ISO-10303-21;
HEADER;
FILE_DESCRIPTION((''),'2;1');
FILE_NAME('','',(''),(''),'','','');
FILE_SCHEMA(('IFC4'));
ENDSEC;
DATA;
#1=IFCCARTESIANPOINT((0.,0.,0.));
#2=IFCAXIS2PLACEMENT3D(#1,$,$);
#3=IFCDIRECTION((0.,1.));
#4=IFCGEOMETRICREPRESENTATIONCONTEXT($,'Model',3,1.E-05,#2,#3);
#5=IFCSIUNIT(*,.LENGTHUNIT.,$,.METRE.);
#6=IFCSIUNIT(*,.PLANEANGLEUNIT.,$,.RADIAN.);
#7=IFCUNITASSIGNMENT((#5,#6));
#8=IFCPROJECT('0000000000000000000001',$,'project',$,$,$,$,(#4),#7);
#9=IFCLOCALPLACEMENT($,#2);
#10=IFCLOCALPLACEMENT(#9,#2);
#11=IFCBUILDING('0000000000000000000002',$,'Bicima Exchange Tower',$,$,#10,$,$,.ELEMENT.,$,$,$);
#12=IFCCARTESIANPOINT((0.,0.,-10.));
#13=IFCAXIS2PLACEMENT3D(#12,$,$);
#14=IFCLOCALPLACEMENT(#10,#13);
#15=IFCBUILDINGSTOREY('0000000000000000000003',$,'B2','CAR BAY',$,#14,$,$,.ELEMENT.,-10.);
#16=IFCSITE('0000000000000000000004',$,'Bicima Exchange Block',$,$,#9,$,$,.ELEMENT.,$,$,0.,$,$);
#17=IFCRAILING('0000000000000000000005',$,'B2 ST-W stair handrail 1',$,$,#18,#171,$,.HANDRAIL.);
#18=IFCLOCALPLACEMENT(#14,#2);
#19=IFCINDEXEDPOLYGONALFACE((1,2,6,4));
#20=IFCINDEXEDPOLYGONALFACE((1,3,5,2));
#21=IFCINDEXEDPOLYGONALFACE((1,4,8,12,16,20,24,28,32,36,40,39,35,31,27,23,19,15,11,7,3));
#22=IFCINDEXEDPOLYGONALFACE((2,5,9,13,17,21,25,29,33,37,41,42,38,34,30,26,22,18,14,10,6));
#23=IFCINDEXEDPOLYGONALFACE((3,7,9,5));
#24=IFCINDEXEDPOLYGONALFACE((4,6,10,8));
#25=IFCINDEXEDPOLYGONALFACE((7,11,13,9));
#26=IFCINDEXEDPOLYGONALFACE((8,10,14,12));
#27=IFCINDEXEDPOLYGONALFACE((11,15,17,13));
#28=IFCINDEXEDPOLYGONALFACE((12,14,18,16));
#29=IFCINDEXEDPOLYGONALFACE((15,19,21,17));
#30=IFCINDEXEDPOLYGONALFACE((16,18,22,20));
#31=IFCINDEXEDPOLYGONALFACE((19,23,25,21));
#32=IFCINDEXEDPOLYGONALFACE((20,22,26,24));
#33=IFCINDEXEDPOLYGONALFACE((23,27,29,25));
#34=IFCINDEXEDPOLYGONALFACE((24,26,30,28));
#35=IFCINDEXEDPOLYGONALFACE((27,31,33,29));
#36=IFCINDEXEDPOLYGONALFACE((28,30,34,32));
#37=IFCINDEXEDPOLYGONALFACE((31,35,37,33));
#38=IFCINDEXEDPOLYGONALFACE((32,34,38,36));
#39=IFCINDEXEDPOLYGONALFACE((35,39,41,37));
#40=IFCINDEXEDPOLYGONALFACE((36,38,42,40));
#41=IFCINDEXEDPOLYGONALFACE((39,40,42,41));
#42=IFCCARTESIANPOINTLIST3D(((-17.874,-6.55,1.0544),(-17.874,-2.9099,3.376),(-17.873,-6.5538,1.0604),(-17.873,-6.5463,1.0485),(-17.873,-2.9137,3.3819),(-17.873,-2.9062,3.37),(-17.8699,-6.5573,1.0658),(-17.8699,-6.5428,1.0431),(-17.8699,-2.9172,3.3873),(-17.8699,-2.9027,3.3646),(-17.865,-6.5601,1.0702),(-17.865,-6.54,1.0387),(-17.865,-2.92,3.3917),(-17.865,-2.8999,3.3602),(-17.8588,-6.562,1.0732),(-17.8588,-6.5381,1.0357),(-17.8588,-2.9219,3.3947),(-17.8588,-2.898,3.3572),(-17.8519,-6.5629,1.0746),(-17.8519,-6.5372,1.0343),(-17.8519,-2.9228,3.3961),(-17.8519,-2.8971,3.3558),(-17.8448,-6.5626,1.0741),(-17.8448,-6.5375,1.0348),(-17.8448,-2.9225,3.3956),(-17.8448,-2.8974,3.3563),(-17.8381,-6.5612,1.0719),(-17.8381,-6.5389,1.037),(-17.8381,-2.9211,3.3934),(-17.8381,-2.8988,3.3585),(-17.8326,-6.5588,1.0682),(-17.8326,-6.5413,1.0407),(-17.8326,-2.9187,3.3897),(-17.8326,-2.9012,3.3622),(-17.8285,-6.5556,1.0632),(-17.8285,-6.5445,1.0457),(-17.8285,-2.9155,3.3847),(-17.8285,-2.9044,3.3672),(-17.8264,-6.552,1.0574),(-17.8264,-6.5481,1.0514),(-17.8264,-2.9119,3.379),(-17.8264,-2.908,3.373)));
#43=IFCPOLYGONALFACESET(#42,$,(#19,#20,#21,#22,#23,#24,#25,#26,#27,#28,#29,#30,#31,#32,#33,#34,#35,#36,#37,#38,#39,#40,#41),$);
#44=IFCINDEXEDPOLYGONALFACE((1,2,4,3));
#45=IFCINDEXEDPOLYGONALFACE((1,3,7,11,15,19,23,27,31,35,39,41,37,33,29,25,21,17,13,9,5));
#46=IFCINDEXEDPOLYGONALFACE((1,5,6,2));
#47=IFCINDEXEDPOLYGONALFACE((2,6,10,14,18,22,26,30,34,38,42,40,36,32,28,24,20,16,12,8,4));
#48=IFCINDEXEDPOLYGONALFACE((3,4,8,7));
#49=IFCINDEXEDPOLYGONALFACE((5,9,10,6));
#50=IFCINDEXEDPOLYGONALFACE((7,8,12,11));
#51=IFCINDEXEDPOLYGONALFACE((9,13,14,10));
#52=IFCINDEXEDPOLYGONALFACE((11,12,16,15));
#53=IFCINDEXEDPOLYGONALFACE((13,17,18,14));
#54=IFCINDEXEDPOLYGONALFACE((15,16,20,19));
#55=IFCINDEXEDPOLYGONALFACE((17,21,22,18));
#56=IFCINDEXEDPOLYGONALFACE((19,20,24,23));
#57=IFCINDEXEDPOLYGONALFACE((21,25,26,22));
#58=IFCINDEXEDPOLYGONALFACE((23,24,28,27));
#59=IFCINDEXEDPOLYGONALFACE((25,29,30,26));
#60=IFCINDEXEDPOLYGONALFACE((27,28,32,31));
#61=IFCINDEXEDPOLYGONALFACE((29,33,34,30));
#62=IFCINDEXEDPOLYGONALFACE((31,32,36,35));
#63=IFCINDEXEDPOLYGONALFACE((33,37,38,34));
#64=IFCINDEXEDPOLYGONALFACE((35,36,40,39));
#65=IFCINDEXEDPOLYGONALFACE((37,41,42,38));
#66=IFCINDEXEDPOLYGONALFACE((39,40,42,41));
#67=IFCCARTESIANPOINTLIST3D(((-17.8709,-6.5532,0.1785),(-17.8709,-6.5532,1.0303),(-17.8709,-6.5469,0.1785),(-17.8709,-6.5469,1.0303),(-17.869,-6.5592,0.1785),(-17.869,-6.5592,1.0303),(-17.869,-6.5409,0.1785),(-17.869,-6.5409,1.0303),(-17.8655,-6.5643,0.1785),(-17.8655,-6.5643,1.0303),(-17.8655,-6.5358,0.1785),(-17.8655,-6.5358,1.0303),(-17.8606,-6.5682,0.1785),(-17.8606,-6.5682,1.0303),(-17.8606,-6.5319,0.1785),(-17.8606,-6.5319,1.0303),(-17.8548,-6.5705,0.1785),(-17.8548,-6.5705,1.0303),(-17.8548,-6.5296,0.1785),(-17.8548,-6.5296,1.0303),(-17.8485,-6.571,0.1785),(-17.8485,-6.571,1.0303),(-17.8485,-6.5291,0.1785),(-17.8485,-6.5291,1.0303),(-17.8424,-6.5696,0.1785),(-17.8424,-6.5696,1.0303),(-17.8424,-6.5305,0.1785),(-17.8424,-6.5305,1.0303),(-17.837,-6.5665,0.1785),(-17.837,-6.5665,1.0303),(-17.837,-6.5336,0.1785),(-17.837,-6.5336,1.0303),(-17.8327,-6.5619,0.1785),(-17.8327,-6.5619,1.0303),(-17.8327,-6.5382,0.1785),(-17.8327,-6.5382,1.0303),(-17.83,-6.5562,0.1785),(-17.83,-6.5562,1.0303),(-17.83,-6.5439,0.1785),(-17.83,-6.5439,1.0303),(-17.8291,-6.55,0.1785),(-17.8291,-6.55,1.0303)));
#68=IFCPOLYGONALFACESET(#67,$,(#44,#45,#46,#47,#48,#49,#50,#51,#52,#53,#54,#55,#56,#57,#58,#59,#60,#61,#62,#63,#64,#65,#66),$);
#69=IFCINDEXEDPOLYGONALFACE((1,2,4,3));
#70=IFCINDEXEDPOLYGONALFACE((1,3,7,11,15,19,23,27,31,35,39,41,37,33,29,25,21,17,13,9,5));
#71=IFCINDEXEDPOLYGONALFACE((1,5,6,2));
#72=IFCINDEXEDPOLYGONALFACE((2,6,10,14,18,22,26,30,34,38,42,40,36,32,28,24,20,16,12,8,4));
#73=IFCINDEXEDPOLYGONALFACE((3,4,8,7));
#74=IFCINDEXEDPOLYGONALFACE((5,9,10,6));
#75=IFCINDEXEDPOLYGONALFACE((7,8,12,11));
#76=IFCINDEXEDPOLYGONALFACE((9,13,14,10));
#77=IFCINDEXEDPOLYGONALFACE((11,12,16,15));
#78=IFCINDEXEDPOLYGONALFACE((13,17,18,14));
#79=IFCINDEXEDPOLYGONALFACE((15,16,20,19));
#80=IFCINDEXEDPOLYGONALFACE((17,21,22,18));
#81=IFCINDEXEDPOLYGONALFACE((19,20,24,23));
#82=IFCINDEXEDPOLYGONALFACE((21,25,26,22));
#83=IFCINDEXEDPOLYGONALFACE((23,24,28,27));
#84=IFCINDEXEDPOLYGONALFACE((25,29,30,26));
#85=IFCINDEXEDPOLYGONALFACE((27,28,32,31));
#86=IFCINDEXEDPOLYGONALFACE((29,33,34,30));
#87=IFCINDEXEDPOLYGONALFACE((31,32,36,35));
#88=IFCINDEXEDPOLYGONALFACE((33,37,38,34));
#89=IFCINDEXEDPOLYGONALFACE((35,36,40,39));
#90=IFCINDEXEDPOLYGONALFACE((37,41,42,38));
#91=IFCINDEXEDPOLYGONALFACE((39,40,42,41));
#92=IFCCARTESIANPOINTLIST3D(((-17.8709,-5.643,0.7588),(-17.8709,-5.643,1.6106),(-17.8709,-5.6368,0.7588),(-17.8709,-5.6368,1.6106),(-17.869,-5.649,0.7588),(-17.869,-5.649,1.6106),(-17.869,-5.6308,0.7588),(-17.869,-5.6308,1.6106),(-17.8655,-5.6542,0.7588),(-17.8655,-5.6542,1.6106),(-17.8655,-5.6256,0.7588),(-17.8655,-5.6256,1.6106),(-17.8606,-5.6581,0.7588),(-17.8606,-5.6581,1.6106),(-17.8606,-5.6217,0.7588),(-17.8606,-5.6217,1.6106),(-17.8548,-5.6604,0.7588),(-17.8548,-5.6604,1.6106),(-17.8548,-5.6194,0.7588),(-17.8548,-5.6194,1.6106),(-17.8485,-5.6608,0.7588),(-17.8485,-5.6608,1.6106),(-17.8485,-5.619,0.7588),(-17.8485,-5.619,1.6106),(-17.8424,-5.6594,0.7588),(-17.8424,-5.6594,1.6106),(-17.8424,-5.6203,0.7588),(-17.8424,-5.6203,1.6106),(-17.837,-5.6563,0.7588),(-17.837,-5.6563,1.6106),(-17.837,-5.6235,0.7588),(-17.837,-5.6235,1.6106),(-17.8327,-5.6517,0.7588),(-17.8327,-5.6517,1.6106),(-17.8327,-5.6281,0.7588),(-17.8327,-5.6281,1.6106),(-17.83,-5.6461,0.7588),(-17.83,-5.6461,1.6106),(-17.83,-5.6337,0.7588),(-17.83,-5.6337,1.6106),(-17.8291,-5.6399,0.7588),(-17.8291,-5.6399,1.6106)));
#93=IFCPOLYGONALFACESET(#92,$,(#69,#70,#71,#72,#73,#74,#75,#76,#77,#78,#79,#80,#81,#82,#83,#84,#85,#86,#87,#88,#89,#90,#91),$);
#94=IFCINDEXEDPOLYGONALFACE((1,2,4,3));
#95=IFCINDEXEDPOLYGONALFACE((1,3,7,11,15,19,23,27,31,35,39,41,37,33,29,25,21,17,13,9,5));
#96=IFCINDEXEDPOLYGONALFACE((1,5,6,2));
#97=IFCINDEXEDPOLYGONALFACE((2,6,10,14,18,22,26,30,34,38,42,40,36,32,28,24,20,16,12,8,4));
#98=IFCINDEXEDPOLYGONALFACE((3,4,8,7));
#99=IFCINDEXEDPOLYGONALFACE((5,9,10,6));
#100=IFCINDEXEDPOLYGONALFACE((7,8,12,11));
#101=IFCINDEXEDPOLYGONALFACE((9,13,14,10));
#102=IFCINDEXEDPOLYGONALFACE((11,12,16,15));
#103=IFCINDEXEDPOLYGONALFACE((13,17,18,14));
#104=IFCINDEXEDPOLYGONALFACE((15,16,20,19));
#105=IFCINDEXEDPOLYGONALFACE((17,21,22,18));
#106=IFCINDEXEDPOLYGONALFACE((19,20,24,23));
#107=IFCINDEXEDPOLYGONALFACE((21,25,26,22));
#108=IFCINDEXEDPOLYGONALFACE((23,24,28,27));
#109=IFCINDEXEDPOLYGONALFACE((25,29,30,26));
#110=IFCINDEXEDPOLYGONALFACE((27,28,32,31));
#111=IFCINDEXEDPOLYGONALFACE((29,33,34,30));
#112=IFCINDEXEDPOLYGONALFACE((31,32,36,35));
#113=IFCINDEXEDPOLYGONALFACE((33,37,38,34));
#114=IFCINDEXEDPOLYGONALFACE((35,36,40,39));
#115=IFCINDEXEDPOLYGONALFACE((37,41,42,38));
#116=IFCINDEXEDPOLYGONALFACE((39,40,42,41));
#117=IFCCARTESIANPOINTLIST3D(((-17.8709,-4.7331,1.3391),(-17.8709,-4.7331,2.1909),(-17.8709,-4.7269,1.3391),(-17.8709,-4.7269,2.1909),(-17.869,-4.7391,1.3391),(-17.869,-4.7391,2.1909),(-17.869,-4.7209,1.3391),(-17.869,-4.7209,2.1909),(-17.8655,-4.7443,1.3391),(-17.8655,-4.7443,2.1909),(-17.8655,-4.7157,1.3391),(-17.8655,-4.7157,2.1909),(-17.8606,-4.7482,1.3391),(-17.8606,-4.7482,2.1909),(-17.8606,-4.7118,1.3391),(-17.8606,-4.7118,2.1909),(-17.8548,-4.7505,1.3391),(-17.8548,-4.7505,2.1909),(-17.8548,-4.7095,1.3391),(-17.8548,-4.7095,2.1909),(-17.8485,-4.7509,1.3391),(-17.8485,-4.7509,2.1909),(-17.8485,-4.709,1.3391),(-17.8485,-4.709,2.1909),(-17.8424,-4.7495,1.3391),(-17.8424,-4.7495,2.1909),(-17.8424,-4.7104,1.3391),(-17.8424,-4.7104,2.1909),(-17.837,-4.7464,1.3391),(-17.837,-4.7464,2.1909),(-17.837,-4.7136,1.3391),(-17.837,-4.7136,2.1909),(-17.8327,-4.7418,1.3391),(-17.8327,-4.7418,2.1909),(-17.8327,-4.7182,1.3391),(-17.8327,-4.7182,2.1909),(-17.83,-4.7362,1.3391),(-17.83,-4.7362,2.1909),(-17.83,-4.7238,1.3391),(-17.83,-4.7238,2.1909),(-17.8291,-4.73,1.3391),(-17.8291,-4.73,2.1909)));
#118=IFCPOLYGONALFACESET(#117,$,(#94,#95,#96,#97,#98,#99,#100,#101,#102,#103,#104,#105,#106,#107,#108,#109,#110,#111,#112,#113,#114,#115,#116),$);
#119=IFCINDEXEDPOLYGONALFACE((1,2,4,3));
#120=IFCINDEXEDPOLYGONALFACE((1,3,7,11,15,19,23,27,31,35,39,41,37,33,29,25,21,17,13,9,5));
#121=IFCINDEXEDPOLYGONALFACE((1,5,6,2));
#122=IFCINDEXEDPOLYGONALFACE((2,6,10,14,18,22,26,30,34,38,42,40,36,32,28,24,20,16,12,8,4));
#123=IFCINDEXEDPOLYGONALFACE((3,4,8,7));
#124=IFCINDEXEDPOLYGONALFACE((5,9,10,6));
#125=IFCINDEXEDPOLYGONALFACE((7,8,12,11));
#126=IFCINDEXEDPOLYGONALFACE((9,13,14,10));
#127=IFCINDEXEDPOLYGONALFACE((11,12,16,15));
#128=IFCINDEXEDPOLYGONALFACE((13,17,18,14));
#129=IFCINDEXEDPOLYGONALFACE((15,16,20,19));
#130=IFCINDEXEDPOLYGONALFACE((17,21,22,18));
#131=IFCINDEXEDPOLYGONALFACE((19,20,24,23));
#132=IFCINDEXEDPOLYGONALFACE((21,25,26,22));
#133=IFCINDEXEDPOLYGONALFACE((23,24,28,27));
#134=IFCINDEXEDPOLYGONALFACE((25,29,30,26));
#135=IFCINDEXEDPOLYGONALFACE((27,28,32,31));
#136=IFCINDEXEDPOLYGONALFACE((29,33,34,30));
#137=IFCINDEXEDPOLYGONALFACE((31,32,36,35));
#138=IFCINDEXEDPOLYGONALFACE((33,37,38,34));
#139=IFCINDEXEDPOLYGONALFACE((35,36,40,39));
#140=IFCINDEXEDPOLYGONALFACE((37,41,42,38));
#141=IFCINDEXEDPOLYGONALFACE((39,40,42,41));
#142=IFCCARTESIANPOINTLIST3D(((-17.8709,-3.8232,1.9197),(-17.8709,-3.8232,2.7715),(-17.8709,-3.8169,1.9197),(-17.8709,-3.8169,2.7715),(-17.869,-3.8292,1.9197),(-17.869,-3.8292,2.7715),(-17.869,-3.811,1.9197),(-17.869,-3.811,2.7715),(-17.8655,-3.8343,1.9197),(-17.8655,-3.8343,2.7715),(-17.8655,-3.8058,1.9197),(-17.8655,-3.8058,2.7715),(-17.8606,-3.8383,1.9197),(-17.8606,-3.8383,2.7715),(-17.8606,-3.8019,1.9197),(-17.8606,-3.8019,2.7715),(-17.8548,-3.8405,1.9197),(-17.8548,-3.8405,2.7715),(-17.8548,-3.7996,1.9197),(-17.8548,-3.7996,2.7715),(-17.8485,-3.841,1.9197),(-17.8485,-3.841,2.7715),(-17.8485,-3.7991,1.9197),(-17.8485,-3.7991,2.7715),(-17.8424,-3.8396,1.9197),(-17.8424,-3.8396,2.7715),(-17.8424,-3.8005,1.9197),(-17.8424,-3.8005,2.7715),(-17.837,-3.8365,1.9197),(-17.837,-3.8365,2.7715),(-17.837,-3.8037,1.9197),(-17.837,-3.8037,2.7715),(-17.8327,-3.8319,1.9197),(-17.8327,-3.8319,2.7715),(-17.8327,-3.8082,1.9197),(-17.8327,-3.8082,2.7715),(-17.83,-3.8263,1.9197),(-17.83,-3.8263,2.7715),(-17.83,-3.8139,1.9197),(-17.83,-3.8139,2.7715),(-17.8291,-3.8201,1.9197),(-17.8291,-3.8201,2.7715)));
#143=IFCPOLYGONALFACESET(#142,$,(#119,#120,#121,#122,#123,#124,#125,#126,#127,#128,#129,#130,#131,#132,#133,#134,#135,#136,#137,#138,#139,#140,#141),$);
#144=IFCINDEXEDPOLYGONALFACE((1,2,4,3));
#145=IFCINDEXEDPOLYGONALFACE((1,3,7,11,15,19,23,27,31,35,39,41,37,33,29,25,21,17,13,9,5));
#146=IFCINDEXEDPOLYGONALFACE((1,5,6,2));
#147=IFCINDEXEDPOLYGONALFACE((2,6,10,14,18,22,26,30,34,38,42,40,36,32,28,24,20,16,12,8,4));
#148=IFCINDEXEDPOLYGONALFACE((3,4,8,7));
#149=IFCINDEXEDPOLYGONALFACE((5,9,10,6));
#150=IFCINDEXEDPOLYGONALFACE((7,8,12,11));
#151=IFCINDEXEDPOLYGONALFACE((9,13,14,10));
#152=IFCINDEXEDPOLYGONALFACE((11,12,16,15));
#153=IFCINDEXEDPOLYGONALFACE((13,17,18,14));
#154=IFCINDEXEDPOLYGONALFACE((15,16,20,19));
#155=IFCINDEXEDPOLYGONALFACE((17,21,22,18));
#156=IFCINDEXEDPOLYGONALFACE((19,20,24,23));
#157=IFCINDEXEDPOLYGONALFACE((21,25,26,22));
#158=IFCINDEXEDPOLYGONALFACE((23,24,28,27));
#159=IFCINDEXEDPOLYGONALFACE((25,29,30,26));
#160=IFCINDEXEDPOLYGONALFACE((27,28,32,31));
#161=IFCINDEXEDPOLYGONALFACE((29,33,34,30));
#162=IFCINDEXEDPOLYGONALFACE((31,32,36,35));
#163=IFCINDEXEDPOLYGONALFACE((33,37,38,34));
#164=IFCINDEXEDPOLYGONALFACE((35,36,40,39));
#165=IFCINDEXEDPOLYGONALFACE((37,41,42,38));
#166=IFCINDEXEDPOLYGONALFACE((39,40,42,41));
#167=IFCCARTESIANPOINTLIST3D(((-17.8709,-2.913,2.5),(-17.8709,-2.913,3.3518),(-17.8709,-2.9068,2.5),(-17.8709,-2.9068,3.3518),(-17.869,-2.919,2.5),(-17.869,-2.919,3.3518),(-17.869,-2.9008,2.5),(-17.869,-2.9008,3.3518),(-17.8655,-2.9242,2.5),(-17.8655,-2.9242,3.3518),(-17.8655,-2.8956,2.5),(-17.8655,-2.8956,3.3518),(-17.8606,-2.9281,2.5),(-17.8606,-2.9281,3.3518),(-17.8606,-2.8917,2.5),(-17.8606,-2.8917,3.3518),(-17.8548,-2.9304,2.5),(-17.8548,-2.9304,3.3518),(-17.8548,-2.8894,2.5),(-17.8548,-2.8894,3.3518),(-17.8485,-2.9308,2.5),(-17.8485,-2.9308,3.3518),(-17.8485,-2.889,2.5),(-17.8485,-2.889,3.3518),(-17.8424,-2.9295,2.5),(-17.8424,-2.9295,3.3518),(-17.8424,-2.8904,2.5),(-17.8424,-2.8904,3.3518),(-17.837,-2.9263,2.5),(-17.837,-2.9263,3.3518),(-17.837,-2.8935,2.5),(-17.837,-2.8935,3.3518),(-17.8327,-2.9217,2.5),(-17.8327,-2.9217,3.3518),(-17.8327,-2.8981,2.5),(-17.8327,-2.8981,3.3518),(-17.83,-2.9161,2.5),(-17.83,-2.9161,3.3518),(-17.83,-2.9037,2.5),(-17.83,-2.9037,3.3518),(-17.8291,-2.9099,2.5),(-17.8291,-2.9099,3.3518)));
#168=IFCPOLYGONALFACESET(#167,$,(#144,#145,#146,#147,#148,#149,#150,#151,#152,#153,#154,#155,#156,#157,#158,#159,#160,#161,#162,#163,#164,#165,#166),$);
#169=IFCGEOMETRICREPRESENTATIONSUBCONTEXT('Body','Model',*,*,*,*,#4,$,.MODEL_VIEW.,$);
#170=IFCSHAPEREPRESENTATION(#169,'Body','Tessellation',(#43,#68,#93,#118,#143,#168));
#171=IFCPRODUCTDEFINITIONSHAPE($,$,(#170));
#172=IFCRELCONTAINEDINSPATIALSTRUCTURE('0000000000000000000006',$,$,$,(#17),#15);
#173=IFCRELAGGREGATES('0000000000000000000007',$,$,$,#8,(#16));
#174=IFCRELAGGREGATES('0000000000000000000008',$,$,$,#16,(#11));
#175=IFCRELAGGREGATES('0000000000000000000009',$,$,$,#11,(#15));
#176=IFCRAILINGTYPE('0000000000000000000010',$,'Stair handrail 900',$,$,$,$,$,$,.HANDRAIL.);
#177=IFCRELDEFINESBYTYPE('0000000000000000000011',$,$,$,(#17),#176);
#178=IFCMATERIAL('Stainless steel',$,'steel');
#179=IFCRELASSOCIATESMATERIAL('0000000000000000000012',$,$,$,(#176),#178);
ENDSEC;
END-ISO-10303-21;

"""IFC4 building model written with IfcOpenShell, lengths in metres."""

from ifc_helpers import new_model, si_unit, direction, frame, origin, origin_2d, place, context, subcontext, project, spatial, circle, extrude, material, type_object, element, save


model = new_model("IFC4")

# Units and contexts
model_context = context("Model", 3, precision=1e-05, world=origin(), true_north=direction((0.0, 1.0)))
body_context = subcontext(model_context, "Body", "Model", "MODEL_VIEW")
ifc_project = project(units=[si_unit("LENGTHUNIT", "METRE"), si_unit("PLANEANGLEUNIT", "RADIAN")], contexts=[model_context])

# Site, building, storey
site_placement = place(None, origin())
site = spatial("IfcSite", under=ifc_project, at=site_placement, Name="Bicima Exchange Block", CompositionType="ELEMENT", RefElevation=0.0)
building_placement = place(site_placement, origin())
building = spatial("IfcBuilding", under=site, at=building_placement, Name="Bicima Exchange Tower", CompositionType="ELEMENT")
storey_placement = place(building_placement, frame((0.0, 0.0, -10.0)))
storey = spatial("IfcBuildingStorey", under=building, at=storey_placement, Name="B2", Description="CAR BAY", CompositionType="ELEMENT", Elevation=-10.0)

# Railing
ifc_material_1 = material(Name="Stainless steel", Category="steel")
railing_type_1 = type_object("IfcRailingType", Name="Stair handrail 900", PredefinedType="HANDRAIL", material=ifc_material_1)
railing_1_placement = place(storey_placement, frame((-17.8501, -6.55, 0.1785)))
element("IfcRailing", 1, at=railing_1_placement, inside=storey, type_object=railing_type_1, Name="B2 ST-W stair handrail 1", PredefinedType="HANDRAIL", context=body_context, shape_type="SweptSolid", body=[
    extrude(circle(Radius=0.0239, at=origin_2d()), frame((0.0, 0.0, 0.876), z_axis=(0.0, 0.843128, 0.537713), x_axis=(-1.0, 0.0, 0.0)), (0.0, 0.0, 1.0), 4.3174),
    extrude(circle(Radius=0.021, at=origin_2d()), origin(), (0.0, 0.0, 1.0), 0.8518),
    extrude(circle(Radius=0.021, at=origin_2d()), frame((0.0, 0.9102, 0.5803)), (0.0, 0.0, 1.0), 0.8518),
    extrude(circle(Radius=0.021, at=origin_2d()), frame((0.0, 1.8201, 1.1606)), (0.0, 0.0, 1.0), 0.8518),
    extrude(circle(Radius=0.021, at=origin_2d()), frame((0.0, 2.73, 1.7412)), (0.0, 0.0, 1.0), 0.8518),
    extrude(circle(Radius=0.021, at=origin_2d()), frame((0.0, 3.6401, 2.3215)), (0.0, 0.0, 1.0), 0.8518),
])

save(model, "model.ifc")
